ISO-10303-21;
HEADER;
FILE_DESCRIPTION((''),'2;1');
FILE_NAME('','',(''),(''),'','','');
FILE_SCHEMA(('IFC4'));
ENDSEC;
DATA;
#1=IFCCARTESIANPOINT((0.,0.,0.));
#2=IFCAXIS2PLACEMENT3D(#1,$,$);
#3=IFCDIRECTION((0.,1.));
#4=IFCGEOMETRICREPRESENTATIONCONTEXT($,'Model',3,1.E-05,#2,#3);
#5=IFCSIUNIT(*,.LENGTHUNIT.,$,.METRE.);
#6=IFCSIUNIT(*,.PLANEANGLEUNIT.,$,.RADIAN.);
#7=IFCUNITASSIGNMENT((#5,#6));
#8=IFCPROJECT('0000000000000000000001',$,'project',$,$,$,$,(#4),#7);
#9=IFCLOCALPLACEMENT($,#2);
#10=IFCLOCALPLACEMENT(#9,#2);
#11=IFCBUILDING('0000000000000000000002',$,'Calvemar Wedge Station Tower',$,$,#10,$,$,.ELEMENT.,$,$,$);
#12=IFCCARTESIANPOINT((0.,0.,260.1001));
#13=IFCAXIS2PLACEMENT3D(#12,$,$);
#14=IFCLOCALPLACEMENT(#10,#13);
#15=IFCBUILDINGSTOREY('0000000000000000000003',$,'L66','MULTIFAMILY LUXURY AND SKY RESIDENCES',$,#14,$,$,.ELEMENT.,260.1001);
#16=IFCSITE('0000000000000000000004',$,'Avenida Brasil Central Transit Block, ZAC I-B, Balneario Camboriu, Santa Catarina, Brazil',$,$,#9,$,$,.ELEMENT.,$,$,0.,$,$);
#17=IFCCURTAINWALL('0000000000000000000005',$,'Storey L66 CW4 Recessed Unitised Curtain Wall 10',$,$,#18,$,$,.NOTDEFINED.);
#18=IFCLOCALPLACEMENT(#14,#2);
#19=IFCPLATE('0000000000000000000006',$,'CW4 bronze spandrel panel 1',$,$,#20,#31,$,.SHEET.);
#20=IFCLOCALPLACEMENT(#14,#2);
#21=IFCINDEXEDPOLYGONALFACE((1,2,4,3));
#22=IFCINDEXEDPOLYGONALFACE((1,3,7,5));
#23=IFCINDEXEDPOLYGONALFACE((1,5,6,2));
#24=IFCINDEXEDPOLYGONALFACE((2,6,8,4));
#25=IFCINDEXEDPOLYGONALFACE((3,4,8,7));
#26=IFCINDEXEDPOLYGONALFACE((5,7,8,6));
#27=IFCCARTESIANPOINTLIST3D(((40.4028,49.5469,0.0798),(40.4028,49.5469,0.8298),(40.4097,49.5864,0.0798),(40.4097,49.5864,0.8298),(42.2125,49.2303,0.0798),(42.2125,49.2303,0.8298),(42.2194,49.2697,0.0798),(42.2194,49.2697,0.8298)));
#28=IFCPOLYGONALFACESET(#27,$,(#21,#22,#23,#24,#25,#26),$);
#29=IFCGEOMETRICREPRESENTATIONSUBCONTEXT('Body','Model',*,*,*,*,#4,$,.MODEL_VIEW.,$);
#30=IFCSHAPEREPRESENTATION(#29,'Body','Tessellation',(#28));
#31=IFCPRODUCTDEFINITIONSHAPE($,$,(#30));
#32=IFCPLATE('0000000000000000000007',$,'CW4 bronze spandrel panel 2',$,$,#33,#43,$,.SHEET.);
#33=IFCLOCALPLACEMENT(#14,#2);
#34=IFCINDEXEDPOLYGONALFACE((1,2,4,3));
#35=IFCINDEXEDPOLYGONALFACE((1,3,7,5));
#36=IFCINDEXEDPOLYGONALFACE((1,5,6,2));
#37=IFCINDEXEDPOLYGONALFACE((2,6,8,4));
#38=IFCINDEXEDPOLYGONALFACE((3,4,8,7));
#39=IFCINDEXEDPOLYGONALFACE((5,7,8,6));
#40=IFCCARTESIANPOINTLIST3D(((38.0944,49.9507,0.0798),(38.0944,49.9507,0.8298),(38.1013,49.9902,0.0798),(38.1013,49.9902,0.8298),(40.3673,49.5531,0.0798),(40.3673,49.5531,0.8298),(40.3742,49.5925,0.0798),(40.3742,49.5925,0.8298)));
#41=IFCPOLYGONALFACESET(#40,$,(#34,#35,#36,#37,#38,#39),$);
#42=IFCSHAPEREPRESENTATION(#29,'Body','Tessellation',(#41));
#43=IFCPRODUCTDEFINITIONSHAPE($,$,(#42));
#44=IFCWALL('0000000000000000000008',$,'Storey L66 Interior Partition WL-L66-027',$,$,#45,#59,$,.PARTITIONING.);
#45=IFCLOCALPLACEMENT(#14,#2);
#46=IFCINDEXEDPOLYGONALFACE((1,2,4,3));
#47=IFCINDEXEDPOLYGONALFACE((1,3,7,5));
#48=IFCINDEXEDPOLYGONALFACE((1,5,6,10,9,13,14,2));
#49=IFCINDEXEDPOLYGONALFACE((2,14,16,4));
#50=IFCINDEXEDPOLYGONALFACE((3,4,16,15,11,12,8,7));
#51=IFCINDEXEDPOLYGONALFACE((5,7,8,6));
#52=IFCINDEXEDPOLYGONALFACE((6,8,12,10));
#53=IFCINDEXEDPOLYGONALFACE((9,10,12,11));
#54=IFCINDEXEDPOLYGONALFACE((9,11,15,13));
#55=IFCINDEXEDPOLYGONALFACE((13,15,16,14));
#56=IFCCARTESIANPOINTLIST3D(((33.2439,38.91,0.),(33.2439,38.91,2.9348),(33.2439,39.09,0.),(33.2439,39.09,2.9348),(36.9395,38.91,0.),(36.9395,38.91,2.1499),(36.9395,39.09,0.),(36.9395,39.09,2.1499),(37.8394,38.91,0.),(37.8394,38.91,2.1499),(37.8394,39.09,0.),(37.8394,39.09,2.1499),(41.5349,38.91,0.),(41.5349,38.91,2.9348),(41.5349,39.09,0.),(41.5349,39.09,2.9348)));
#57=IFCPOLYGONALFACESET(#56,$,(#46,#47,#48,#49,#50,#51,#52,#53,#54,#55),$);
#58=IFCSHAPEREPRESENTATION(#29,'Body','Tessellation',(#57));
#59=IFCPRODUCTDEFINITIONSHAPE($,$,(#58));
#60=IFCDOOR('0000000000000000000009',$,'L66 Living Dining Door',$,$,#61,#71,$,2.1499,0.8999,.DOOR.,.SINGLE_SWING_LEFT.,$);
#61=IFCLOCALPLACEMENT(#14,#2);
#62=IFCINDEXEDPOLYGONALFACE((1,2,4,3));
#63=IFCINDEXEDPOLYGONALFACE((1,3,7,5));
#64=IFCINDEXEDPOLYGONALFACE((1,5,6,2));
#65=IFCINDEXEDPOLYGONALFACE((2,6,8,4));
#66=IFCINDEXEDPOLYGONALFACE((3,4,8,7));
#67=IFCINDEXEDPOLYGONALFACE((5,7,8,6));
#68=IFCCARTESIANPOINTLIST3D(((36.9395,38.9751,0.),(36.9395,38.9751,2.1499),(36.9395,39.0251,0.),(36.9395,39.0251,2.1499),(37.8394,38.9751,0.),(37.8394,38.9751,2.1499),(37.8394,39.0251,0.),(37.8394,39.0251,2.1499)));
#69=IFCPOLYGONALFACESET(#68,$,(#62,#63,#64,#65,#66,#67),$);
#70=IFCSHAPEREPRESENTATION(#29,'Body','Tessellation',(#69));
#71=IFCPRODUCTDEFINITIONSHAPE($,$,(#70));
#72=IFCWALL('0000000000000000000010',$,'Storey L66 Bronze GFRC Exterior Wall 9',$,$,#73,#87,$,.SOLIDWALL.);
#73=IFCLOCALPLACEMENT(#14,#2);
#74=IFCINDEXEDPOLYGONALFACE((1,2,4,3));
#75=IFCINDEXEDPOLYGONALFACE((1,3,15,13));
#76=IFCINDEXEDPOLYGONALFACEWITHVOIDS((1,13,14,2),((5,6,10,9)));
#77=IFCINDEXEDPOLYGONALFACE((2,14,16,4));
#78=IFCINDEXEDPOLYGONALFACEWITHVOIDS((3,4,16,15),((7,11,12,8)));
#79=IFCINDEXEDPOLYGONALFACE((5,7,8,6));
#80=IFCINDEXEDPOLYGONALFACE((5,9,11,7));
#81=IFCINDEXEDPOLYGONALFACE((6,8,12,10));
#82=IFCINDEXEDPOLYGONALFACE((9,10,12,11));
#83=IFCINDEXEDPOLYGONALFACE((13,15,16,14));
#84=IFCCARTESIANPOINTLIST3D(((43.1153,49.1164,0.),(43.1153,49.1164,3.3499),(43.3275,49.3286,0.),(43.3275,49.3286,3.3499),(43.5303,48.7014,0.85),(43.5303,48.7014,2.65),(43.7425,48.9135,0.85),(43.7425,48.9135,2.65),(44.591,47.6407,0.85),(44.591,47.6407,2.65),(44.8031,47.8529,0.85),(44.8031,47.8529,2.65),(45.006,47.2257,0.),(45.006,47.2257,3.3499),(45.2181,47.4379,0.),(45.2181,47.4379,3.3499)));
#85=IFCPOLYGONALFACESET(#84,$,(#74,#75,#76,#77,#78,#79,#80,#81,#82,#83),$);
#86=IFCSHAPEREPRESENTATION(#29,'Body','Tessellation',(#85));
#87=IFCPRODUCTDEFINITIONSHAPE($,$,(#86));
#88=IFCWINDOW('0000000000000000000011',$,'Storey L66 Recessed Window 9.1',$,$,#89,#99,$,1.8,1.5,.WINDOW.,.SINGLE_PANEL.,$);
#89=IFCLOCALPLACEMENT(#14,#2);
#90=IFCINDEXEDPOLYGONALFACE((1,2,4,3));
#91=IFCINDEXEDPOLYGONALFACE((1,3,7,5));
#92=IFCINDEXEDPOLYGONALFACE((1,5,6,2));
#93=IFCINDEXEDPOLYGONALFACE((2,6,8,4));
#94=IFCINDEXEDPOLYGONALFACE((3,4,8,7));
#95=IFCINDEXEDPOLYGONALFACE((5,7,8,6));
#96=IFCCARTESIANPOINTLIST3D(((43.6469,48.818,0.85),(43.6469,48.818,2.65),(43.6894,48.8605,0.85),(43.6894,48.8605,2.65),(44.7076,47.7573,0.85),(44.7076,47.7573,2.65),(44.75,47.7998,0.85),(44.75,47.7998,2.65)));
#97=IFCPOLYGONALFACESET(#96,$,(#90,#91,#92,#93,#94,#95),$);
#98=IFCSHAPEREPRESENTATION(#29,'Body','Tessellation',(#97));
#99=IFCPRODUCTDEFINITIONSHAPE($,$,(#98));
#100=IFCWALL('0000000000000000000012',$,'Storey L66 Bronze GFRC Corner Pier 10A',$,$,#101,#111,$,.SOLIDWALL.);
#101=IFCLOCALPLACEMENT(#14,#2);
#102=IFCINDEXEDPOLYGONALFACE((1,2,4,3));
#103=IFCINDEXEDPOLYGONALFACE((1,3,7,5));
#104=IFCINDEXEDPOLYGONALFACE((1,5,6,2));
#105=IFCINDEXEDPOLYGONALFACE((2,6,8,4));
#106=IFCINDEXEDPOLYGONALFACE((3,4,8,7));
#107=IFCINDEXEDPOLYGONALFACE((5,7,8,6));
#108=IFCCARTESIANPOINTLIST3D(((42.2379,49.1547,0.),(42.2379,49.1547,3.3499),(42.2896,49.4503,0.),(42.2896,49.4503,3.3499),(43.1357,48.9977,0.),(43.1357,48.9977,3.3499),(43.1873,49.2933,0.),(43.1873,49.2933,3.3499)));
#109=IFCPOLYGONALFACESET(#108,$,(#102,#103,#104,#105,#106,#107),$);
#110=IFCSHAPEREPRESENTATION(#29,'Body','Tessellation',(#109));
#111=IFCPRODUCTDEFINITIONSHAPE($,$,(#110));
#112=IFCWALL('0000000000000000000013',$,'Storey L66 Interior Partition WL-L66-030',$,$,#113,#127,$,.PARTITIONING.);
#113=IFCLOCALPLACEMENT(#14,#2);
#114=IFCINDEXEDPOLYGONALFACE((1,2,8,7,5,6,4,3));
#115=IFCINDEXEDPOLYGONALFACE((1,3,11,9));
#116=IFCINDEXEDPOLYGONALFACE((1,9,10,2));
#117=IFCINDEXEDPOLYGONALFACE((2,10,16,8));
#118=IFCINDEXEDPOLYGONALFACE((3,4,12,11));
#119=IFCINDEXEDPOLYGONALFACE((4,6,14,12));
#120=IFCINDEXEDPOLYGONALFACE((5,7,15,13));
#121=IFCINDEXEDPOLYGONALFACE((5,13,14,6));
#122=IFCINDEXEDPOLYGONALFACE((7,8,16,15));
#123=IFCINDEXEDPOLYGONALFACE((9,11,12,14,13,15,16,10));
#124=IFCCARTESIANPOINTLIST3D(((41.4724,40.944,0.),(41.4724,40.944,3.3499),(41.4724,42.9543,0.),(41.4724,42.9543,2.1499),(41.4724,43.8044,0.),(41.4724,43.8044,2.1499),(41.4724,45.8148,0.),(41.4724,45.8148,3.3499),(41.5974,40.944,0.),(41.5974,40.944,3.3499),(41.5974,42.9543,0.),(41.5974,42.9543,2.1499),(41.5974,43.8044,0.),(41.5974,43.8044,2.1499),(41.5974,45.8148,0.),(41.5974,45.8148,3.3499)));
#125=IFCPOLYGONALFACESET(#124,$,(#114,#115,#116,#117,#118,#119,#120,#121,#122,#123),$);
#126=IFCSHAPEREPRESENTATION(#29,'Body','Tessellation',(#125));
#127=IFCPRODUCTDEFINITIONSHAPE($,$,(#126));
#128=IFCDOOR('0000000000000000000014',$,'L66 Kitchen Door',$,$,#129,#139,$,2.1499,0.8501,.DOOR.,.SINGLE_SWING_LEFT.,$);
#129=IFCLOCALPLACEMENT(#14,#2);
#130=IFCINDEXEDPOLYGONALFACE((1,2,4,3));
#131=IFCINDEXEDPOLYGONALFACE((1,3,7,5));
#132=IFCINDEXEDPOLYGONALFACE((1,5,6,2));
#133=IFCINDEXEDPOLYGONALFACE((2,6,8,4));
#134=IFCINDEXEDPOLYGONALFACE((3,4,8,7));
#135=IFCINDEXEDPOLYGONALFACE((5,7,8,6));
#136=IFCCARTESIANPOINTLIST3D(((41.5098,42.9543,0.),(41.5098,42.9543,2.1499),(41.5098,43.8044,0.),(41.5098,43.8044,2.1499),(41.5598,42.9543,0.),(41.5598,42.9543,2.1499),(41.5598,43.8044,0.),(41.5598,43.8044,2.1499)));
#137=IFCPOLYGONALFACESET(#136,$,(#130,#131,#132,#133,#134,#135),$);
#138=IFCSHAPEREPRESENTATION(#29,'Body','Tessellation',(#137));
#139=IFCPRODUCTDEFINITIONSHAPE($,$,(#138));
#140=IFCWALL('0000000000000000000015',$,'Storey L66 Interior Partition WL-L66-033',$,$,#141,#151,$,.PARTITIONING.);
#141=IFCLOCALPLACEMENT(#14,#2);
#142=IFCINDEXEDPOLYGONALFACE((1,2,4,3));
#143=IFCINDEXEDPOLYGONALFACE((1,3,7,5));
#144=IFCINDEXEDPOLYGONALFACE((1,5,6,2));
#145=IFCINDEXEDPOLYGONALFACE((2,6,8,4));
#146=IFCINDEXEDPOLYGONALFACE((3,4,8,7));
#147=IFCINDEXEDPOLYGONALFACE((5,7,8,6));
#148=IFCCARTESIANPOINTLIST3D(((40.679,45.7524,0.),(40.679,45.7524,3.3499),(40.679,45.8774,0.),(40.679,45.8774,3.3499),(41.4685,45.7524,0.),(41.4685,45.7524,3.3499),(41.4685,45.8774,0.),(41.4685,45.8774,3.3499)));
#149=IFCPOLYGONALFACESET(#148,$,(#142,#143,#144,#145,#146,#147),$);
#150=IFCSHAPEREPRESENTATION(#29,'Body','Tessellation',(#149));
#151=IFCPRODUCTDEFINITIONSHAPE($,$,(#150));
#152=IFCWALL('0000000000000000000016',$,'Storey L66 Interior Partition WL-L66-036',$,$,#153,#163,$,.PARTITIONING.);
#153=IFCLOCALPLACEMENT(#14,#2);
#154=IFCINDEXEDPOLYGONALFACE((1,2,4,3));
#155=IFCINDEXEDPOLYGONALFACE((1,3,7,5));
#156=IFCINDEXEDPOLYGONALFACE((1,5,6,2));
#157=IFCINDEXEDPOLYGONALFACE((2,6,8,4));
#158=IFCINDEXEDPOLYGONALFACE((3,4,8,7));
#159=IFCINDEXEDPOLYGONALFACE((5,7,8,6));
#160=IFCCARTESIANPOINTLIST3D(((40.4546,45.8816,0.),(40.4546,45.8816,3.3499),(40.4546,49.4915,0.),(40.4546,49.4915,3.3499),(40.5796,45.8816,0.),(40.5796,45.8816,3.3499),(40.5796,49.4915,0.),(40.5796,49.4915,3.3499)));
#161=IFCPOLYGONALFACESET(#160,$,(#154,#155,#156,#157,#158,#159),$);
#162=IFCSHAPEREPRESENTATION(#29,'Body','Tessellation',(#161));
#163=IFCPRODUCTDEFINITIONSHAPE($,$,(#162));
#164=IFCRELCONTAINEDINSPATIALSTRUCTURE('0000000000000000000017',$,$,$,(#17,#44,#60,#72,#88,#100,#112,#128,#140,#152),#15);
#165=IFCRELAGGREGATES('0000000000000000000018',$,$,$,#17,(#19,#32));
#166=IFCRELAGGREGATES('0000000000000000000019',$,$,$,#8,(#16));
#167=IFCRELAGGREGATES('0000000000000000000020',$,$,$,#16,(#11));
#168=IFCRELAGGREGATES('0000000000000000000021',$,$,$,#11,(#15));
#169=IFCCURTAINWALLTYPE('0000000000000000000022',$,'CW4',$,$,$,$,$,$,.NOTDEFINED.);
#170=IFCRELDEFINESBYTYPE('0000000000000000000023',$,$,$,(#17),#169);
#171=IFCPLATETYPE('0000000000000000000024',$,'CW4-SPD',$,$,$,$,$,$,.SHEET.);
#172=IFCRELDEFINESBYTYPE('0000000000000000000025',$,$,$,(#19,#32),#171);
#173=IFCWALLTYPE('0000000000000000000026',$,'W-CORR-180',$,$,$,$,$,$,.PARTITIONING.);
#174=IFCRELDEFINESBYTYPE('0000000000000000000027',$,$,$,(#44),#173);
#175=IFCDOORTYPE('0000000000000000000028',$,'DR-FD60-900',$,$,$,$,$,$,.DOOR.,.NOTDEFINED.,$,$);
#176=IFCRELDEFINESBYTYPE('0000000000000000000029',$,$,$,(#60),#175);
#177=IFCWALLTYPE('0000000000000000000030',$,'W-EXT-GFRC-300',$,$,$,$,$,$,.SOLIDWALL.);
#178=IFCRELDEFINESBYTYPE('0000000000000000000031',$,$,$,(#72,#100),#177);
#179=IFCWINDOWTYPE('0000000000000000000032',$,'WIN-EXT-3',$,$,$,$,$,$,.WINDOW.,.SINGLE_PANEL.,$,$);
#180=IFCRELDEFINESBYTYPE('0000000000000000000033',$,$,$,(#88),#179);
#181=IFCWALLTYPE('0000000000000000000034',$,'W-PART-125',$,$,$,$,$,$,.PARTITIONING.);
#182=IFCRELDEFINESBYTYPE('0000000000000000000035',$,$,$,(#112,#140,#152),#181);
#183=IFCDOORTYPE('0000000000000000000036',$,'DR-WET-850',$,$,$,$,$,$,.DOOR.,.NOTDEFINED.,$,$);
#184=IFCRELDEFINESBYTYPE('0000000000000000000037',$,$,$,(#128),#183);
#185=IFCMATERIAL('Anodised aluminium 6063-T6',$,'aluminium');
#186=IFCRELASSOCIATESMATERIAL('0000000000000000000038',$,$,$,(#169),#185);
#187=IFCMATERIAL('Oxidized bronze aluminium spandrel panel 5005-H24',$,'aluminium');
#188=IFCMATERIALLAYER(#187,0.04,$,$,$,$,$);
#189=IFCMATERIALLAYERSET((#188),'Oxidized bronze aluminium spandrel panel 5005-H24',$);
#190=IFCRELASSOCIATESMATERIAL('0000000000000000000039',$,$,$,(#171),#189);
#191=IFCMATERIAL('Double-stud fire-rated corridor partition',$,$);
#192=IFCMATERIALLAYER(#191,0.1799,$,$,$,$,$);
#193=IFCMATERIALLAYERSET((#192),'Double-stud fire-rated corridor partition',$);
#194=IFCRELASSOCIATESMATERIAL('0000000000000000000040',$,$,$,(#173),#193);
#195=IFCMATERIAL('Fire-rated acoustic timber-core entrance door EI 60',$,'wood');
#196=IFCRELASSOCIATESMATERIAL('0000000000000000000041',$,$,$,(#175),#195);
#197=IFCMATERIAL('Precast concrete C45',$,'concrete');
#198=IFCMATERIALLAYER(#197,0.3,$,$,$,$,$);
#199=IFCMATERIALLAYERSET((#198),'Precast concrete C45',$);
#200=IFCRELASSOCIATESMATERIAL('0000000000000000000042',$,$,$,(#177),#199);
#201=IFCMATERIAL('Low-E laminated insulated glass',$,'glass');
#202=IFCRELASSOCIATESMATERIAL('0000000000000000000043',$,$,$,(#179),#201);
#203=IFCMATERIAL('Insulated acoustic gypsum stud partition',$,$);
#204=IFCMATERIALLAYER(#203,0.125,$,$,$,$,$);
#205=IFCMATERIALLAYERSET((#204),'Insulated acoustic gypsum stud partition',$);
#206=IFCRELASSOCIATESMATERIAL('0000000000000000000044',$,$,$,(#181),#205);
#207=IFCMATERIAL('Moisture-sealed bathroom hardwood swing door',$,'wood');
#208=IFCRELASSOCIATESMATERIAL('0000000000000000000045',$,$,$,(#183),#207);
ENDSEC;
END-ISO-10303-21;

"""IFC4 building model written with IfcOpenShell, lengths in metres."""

from ifc_helpers import new_model, si_unit, direction, frame, frame_2d, origin, place, context, subcontext, project, spatial, rectangle, extrude, source, transform, mapped, material, layer, layer_set, type_object, element, fill, aggregate, save


model = new_model("IFC4")

# Units and contexts
model_context = context("Model", 3, precision=1e-05, world=origin(), true_north=direction((0.0, 1.0)))
body_context = subcontext(model_context, "Body", "Model", "MODEL_VIEW")
ifc_project = project(units=[si_unit("LENGTHUNIT", "METRE"), si_unit("PLANEANGLEUNIT", "RADIAN")], contexts=[model_context])

# Site, building, storey
site_placement = place(None, origin())
site = spatial("IfcSite", under=ifc_project, at=site_placement, Name="Avenida Brasil Central Transit Block, ZAC I-B, Balneario Camboriu, Santa Catarina, Brazil", CompositionType="ELEMENT", RefElevation=0.0)
building_placement = place(site_placement, origin())
building = spatial("IfcBuilding", under=site, at=building_placement, Name="Calvemar Wedge Station Tower", CompositionType="ELEMENT")
storey_placement = place(building_placement, frame((0.0, 0.0, 260.1001)))
storey = spatial("IfcBuildingStorey", under=building, at=storey_placement, Name="L66", Description="MULTIFAMILY LUXURY AND SKY RESIDENCES", CompositionType="ELEMENT", Elevation=260.1001)

# Curtain wall, plates
ifc_material_1 = material(Name="Anodised aluminium 6063-T6", Category="aluminium")
curtain_wall_type = type_object("IfcCurtainWallType", Name="CW4", PredefinedType="NOTDEFINED", material=ifc_material_1)
curtain_wall_placement = place(storey_placement, origin())
curtain_wall = element("IfcCurtainWall", 1, at=curtain_wall_placement, inside=storey, type_object=curtain_wall_type, Name="Storey L66 CW4 Recessed Unitised Curtain Wall 10", PredefinedType="NOTDEFINED")
ifc_material_2 = material(Name="Low-E laminated insulated glass", Category="glass")
ifc_material_3 = material(Name="Oxidized bronze aluminium spandrel panel 5005-H24", Category="aluminium")
ifc_layer_1 = layer(ifc_material_3, 0.04)
ifc_layer_set_1 = layer_set([ifc_layer_1], Name="Oxidized bronze aluminium spandrel panel 5005-H24")
plate_type_1 = type_object("IfcPlateType", Name="CW4-SPD", PredefinedType="SHEET", material=ifc_layer_set_1)
plate_1_placement = place(storey_placement, frame((42.2158, 49.25, 0.0798), z_axis=(0.0, 0.0, 1.0), x_axis=(-0.985033, 0.172367, 0.0)))
plate_1 = element("IfcPlate", 2, at=plate_1_placement, type_object=plate_type_1, Name="CW4 bronze spandrel panel 1", PredefinedType="SHEET", context=body_context, shape_type="SweptSolid", body=[
    extrude(rectangle(XDim=1.8372, YDim=0.04, at=frame_2d((0.9185, 0.0))), origin(), (0.0, 0.0, 1.0), 0.75),
])
plate_2_placement = place(storey_placement, frame((40.3708, 49.5728, 0.0798), z_axis=(0.0, 0.0, 1.0), x_axis=(-0.985035, 0.172355, 0.0)))
plate_2 = element("IfcPlate", 3, at=plate_2_placement, type_object=plate_type_1, Name="CW4 bronze spandrel panel 2", PredefinedType="SHEET", context=body_context, shape_type="SweptSolid", body=[
    extrude(rectangle(XDim=2.3074, YDim=0.04, at=frame_2d((1.1538, 0.0))), origin(), (0.0, 0.0, 1.0), 0.75),
])
aggregate(curtain_wall, [plate_1, plate_2])

# Wall, opening, door
ifc_material_4 = material(Name="Double-stud fire-rated corridor partition")
ifc_layer_2 = layer(ifc_material_4, 0.1799)
ifc_layer_set_2 = layer_set([ifc_layer_2], Name="Double-stud fire-rated corridor partition")
wall_type_1 = type_object("IfcWallType", Name="W-CORR-180", PredefinedType="PARTITIONING", material=ifc_layer_set_2)
wall_1_placement = place(storey_placement, frame((41.5349, 39.0, 0.0), z_axis=(0.0, 0.0, 1.0), x_axis=(-1.0, 0.0, 0.0)))
wall_1 = element("IfcWall", 4, at=wall_1_placement, inside=storey, type_object=wall_type_1, Name="Storey L66 Interior Partition WL-L66-027", PredefinedType="PARTITIONING", context=body_context, shape_type="SweptSolid", body=[
    extrude(rectangle(XDim=8.291, YDim=0.1799, at=frame_2d((4.1455, 0.0))), origin(), (0.0, 0.0, 1.0), 2.9348),
])
shared_shape_1 = source(origin(), body_context, "Body", "SweptSolid", [
    extrude(rectangle(XDim=0.8999, YDim=2.1499, at=frame_2d((0.45, 1.075))), frame((0.0, 0.1001, 0.0), z_axis=(0.0, -1.0, 0.0), x_axis=(1.0, 0.0, 0.0)), (0.0, 0.0, 1.0), 0.2),
])
opening_1_placement = place(wall_1_placement, frame((3.6956, 0.0, 0.0)))
opening_1 = element("IfcOpeningElement", 5, at=opening_1_placement, cuts=wall_1, PredefinedType="OPENING", context=body_context, shape_type="MappedRepresentation", body=[
    mapped(shared_shape_1, transform((0.0, 0.0, 0.0), scale=1.0)),
])
ifc_material_5 = material(Name="Fire-rated acoustic timber-core entrance door EI 60", Category="wood")
door_type_1 = type_object("IfcDoorType", Name="DR-FD60-900", OperationType="NOTDEFINED", PredefinedType="DOOR", material=ifc_material_5)
shared_shape_2 = source(origin(), body_context, "Body", "SweptSolid", [
    extrude(rectangle(XDim=0.8999, YDim=2.1499, at=frame_2d((0.45, 1.075))), frame((0.0, 0.0249, 0.0), z_axis=(0.0, -1.0, 0.0), x_axis=(1.0, 0.0, 0.0)), (0.0, 0.0, 1.0), 0.05),
])
door_1_placement = place(opening_1_placement, origin())
door_1 = element("IfcDoor", 6, at=door_1_placement, inside=storey, type_object=door_type_1, Name="L66 Living Dining Door", OperationType="SINGLE_SWING_LEFT", OverallHeight=2.1499, OverallWidth=0.8999, PredefinedType="DOOR", context=body_context, shape_type="MappedRepresentation", body=[
    mapped(shared_shape_2, transform((0.0, 0.0, 0.0), scale=1.0)),
])
fill(opening_1, door_1)

# Wall, opening, window
ifc_material_6 = material(Name="Precast concrete C45", Category="concrete")
ifc_layer_3 = layer(ifc_material_6, 0.3)
ifc_layer_set_3 = layer_set([ifc_layer_3], Name="Precast concrete C45")
wall_type_2 = type_object("IfcWallType", Name="W-EXT-GFRC-300", PredefinedType="SOLIDWALL", material=ifc_layer_set_3)
wall_2_placement = place(storey_placement, frame((45.1121, 47.3318, 0.0), z_axis=(0.0, 0.0, 1.0), x_axis=(-0.707107, 0.707107, 0.0)))
wall_2 = element("IfcWall", 7, at=wall_2_placement, inside=storey, type_object=wall_type_2, Name="Storey L66 Bronze GFRC Exterior Wall 9", PredefinedType="SOLIDWALL", context=body_context, shape_type="SweptSolid", body=[
    extrude(rectangle(XDim=2.6738, YDim=0.3, at=frame_2d((1.3369, 0.0))), origin(), (0.0, 0.0, 1.0), 3.3499),
])
shared_shape_3 = source(origin(), body_context, "Body", "SweptSolid", [
    extrude(rectangle(XDim=1.5, YDim=1.8, at=frame_2d((0.75, 0.8999))), frame((0.0, 0.1602, 0.0), z_axis=(0.0, -1.0, 0.0), x_axis=(1.0, 0.0, 0.0)), (0.0, 0.0, 1.0), 0.3201),
])
opening_2_placement = place(wall_2_placement, frame((0.5869, 0.0, 0.8501)))
opening_2 = element("IfcOpeningElement", 8, at=opening_2_placement, cuts=wall_2, PredefinedType="OPENING", context=body_context, shape_type="MappedRepresentation", body=[
    mapped(shared_shape_3, transform((0.0, 0.0, 0.0), scale=1.0)),
])
window_type = type_object("IfcWindowType", Name="WIN-EXT-3", PartitioningType="SINGLE_PANEL", PredefinedType="WINDOW", material=ifc_material_2)
shared_shape_4 = source(origin(), body_context, "Body", "SweptSolid", [
    extrude(rectangle(XDim=1.5, YDim=1.8, at=frame_2d((0.75, 0.8999))), frame((0.0, -0.0149, 0.0), z_axis=(0.0, -1.0, 0.0), x_axis=(1.0, 0.0, 0.0)), (0.0, 0.0, 1.0), 0.0601),
])
window_placement = place(opening_2_placement, origin())
window = element("IfcWindow", 9, at=window_placement, inside=storey, type_object=window_type, Name="Storey L66 Recessed Window 9.1", OverallHeight=1.8, OverallWidth=1.5, PartitioningType="SINGLE_PANEL", PredefinedType="WINDOW", context=body_context, shape_type="MappedRepresentation", body=[
    mapped(shared_shape_4, transform((0.0, 0.0, 0.0), scale=1.0)),
])
fill(opening_2, window)

# Wall
wall_3_placement = place(storey_placement, frame((43.1614, 49.1455, 0.0), z_axis=(0.0, 0.0, 1.0), x_axis=(-0.985052, 0.172257, 0.0)))
element("IfcWall", 10, at=wall_3_placement, inside=storey, type_object=wall_type_2, Name="Storey L66 Bronze GFRC Corner Pier 10A", PredefinedType="SOLIDWALL", context=body_context, shape_type="SweptSolid", body=[
    extrude(rectangle(XDim=0.9114, YDim=0.3, at=frame_2d((0.4556, 0.0))), origin(), (0.0, 0.0, 1.0), 3.3499),
])

# Wall, opening, door
ifc_material_7 = material(Name="Insulated acoustic gypsum stud partition")
ifc_layer_4 = layer(ifc_material_7, 0.125)
ifc_layer_set_4 = layer_set([ifc_layer_4], Name="Insulated acoustic gypsum stud partition")
wall_type_3 = type_object("IfcWallType", Name="W-PART-125", PredefinedType="PARTITIONING", material=ifc_layer_set_4)
wall_4_placement = place(storey_placement, frame((41.5349, 45.8149, 0.0), z_axis=(0.0, 0.0, 1.0), x_axis=(0.0, -1.0, 0.0)))
wall_4 = element("IfcWall", 11, at=wall_4_placement, inside=storey, type_object=wall_type_3, Name="Storey L66 Interior Partition WL-L66-030", PredefinedType="PARTITIONING", context=body_context, shape_type="SweptSolid", body=[
    extrude(rectangle(XDim=4.8708, YDim=0.125, at=frame_2d((2.4355, 0.0))), origin(), (0.0, 0.0, 1.0), 3.3499),
])
shared_shape_5 = source(origin(), body_context, "Body", "SweptSolid", [
    extrude(rectangle(XDim=0.8501, YDim=2.1499, at=frame_2d((0.425, 1.075))), frame((0.0, 0.0725, 0.0), z_axis=(0.0, -1.0, 0.0), x_axis=(1.0, 0.0, 0.0)), (0.0, 0.0, 1.0), 0.145),
])
opening_3_placement = place(wall_4_placement, frame((2.0105, 0.0, 0.0)))
opening_3 = element("IfcOpeningElement", 12, at=opening_3_placement, cuts=wall_4, PredefinedType="OPENING", context=body_context, shape_type="MappedRepresentation", body=[
    mapped(shared_shape_5, transform((0.0, 0.0, 0.0), scale=1.0)),
])
ifc_material_8 = material(Name="Moisture-sealed bathroom hardwood swing door", Category="wood")
door_type_2 = type_object("IfcDoorType", Name="DR-WET-850", OperationType="NOTDEFINED", PredefinedType="DOOR", material=ifc_material_8)
shared_shape_6 = source(origin(), body_context, "Body", "SweptSolid", [
    extrude(rectangle(XDim=0.8501, YDim=2.1499, at=frame_2d((0.425, 1.075))), frame((0.0, 0.0249, 0.0), z_axis=(0.0, -1.0, 0.0), x_axis=(1.0, 0.0, 0.0)), (0.0, 0.0, 1.0), 0.05),
])
door_2_placement = place(opening_3_placement, origin())
door_2 = element("IfcDoor", 13, at=door_2_placement, inside=storey, type_object=door_type_2, Name="L66 Kitchen Door", OperationType="SINGLE_SWING_LEFT", OverallHeight=2.1499, OverallWidth=0.8501, PredefinedType="DOOR", context=body_context, shape_type="MappedRepresentation", body=[
    mapped(shared_shape_6, transform((0.0, 0.0, 0.0), scale=1.0)),
])
fill(opening_3, door_2)

# Wall
wall_5_placement = place(storey_placement, frame((40.679, 45.8149, 0.0), z_axis=(0.0, 0.0, 1.0), x_axis=(1.0, 0.0, 0.0)))
element("IfcWall", 14, at=wall_5_placement, inside=storey, type_object=wall_type_3, Name="Storey L66 Interior Partition WL-L66-033", PredefinedType="PARTITIONING", context=body_context, shape_type="SweptSolid", body=[
    extrude(rectangle(XDim=0.7896, YDim=0.125, at=frame_2d((0.3948, 0.0))), origin(), (0.0, 0.0, 1.0), 3.3499),
])

# Wall
wall_6_placement = place(storey_placement, frame((40.5171, 49.4915, 0.0), z_axis=(0.0, 0.0, 1.0), x_axis=(0.0, -1.0, 0.0)))
element("IfcWall", 15, at=wall_6_placement, inside=storey, type_object=wall_type_3, Name="Storey L66 Interior Partition WL-L66-036", PredefinedType="PARTITIONING", context=body_context, shape_type="SweptSolid", body=[
    extrude(rectangle(XDim=3.6099, YDim=0.125, at=frame_2d((1.8049, 0.0))), origin(), (0.0, 0.0, 1.0), 3.3499),
])

save(model, "model.ifc")
